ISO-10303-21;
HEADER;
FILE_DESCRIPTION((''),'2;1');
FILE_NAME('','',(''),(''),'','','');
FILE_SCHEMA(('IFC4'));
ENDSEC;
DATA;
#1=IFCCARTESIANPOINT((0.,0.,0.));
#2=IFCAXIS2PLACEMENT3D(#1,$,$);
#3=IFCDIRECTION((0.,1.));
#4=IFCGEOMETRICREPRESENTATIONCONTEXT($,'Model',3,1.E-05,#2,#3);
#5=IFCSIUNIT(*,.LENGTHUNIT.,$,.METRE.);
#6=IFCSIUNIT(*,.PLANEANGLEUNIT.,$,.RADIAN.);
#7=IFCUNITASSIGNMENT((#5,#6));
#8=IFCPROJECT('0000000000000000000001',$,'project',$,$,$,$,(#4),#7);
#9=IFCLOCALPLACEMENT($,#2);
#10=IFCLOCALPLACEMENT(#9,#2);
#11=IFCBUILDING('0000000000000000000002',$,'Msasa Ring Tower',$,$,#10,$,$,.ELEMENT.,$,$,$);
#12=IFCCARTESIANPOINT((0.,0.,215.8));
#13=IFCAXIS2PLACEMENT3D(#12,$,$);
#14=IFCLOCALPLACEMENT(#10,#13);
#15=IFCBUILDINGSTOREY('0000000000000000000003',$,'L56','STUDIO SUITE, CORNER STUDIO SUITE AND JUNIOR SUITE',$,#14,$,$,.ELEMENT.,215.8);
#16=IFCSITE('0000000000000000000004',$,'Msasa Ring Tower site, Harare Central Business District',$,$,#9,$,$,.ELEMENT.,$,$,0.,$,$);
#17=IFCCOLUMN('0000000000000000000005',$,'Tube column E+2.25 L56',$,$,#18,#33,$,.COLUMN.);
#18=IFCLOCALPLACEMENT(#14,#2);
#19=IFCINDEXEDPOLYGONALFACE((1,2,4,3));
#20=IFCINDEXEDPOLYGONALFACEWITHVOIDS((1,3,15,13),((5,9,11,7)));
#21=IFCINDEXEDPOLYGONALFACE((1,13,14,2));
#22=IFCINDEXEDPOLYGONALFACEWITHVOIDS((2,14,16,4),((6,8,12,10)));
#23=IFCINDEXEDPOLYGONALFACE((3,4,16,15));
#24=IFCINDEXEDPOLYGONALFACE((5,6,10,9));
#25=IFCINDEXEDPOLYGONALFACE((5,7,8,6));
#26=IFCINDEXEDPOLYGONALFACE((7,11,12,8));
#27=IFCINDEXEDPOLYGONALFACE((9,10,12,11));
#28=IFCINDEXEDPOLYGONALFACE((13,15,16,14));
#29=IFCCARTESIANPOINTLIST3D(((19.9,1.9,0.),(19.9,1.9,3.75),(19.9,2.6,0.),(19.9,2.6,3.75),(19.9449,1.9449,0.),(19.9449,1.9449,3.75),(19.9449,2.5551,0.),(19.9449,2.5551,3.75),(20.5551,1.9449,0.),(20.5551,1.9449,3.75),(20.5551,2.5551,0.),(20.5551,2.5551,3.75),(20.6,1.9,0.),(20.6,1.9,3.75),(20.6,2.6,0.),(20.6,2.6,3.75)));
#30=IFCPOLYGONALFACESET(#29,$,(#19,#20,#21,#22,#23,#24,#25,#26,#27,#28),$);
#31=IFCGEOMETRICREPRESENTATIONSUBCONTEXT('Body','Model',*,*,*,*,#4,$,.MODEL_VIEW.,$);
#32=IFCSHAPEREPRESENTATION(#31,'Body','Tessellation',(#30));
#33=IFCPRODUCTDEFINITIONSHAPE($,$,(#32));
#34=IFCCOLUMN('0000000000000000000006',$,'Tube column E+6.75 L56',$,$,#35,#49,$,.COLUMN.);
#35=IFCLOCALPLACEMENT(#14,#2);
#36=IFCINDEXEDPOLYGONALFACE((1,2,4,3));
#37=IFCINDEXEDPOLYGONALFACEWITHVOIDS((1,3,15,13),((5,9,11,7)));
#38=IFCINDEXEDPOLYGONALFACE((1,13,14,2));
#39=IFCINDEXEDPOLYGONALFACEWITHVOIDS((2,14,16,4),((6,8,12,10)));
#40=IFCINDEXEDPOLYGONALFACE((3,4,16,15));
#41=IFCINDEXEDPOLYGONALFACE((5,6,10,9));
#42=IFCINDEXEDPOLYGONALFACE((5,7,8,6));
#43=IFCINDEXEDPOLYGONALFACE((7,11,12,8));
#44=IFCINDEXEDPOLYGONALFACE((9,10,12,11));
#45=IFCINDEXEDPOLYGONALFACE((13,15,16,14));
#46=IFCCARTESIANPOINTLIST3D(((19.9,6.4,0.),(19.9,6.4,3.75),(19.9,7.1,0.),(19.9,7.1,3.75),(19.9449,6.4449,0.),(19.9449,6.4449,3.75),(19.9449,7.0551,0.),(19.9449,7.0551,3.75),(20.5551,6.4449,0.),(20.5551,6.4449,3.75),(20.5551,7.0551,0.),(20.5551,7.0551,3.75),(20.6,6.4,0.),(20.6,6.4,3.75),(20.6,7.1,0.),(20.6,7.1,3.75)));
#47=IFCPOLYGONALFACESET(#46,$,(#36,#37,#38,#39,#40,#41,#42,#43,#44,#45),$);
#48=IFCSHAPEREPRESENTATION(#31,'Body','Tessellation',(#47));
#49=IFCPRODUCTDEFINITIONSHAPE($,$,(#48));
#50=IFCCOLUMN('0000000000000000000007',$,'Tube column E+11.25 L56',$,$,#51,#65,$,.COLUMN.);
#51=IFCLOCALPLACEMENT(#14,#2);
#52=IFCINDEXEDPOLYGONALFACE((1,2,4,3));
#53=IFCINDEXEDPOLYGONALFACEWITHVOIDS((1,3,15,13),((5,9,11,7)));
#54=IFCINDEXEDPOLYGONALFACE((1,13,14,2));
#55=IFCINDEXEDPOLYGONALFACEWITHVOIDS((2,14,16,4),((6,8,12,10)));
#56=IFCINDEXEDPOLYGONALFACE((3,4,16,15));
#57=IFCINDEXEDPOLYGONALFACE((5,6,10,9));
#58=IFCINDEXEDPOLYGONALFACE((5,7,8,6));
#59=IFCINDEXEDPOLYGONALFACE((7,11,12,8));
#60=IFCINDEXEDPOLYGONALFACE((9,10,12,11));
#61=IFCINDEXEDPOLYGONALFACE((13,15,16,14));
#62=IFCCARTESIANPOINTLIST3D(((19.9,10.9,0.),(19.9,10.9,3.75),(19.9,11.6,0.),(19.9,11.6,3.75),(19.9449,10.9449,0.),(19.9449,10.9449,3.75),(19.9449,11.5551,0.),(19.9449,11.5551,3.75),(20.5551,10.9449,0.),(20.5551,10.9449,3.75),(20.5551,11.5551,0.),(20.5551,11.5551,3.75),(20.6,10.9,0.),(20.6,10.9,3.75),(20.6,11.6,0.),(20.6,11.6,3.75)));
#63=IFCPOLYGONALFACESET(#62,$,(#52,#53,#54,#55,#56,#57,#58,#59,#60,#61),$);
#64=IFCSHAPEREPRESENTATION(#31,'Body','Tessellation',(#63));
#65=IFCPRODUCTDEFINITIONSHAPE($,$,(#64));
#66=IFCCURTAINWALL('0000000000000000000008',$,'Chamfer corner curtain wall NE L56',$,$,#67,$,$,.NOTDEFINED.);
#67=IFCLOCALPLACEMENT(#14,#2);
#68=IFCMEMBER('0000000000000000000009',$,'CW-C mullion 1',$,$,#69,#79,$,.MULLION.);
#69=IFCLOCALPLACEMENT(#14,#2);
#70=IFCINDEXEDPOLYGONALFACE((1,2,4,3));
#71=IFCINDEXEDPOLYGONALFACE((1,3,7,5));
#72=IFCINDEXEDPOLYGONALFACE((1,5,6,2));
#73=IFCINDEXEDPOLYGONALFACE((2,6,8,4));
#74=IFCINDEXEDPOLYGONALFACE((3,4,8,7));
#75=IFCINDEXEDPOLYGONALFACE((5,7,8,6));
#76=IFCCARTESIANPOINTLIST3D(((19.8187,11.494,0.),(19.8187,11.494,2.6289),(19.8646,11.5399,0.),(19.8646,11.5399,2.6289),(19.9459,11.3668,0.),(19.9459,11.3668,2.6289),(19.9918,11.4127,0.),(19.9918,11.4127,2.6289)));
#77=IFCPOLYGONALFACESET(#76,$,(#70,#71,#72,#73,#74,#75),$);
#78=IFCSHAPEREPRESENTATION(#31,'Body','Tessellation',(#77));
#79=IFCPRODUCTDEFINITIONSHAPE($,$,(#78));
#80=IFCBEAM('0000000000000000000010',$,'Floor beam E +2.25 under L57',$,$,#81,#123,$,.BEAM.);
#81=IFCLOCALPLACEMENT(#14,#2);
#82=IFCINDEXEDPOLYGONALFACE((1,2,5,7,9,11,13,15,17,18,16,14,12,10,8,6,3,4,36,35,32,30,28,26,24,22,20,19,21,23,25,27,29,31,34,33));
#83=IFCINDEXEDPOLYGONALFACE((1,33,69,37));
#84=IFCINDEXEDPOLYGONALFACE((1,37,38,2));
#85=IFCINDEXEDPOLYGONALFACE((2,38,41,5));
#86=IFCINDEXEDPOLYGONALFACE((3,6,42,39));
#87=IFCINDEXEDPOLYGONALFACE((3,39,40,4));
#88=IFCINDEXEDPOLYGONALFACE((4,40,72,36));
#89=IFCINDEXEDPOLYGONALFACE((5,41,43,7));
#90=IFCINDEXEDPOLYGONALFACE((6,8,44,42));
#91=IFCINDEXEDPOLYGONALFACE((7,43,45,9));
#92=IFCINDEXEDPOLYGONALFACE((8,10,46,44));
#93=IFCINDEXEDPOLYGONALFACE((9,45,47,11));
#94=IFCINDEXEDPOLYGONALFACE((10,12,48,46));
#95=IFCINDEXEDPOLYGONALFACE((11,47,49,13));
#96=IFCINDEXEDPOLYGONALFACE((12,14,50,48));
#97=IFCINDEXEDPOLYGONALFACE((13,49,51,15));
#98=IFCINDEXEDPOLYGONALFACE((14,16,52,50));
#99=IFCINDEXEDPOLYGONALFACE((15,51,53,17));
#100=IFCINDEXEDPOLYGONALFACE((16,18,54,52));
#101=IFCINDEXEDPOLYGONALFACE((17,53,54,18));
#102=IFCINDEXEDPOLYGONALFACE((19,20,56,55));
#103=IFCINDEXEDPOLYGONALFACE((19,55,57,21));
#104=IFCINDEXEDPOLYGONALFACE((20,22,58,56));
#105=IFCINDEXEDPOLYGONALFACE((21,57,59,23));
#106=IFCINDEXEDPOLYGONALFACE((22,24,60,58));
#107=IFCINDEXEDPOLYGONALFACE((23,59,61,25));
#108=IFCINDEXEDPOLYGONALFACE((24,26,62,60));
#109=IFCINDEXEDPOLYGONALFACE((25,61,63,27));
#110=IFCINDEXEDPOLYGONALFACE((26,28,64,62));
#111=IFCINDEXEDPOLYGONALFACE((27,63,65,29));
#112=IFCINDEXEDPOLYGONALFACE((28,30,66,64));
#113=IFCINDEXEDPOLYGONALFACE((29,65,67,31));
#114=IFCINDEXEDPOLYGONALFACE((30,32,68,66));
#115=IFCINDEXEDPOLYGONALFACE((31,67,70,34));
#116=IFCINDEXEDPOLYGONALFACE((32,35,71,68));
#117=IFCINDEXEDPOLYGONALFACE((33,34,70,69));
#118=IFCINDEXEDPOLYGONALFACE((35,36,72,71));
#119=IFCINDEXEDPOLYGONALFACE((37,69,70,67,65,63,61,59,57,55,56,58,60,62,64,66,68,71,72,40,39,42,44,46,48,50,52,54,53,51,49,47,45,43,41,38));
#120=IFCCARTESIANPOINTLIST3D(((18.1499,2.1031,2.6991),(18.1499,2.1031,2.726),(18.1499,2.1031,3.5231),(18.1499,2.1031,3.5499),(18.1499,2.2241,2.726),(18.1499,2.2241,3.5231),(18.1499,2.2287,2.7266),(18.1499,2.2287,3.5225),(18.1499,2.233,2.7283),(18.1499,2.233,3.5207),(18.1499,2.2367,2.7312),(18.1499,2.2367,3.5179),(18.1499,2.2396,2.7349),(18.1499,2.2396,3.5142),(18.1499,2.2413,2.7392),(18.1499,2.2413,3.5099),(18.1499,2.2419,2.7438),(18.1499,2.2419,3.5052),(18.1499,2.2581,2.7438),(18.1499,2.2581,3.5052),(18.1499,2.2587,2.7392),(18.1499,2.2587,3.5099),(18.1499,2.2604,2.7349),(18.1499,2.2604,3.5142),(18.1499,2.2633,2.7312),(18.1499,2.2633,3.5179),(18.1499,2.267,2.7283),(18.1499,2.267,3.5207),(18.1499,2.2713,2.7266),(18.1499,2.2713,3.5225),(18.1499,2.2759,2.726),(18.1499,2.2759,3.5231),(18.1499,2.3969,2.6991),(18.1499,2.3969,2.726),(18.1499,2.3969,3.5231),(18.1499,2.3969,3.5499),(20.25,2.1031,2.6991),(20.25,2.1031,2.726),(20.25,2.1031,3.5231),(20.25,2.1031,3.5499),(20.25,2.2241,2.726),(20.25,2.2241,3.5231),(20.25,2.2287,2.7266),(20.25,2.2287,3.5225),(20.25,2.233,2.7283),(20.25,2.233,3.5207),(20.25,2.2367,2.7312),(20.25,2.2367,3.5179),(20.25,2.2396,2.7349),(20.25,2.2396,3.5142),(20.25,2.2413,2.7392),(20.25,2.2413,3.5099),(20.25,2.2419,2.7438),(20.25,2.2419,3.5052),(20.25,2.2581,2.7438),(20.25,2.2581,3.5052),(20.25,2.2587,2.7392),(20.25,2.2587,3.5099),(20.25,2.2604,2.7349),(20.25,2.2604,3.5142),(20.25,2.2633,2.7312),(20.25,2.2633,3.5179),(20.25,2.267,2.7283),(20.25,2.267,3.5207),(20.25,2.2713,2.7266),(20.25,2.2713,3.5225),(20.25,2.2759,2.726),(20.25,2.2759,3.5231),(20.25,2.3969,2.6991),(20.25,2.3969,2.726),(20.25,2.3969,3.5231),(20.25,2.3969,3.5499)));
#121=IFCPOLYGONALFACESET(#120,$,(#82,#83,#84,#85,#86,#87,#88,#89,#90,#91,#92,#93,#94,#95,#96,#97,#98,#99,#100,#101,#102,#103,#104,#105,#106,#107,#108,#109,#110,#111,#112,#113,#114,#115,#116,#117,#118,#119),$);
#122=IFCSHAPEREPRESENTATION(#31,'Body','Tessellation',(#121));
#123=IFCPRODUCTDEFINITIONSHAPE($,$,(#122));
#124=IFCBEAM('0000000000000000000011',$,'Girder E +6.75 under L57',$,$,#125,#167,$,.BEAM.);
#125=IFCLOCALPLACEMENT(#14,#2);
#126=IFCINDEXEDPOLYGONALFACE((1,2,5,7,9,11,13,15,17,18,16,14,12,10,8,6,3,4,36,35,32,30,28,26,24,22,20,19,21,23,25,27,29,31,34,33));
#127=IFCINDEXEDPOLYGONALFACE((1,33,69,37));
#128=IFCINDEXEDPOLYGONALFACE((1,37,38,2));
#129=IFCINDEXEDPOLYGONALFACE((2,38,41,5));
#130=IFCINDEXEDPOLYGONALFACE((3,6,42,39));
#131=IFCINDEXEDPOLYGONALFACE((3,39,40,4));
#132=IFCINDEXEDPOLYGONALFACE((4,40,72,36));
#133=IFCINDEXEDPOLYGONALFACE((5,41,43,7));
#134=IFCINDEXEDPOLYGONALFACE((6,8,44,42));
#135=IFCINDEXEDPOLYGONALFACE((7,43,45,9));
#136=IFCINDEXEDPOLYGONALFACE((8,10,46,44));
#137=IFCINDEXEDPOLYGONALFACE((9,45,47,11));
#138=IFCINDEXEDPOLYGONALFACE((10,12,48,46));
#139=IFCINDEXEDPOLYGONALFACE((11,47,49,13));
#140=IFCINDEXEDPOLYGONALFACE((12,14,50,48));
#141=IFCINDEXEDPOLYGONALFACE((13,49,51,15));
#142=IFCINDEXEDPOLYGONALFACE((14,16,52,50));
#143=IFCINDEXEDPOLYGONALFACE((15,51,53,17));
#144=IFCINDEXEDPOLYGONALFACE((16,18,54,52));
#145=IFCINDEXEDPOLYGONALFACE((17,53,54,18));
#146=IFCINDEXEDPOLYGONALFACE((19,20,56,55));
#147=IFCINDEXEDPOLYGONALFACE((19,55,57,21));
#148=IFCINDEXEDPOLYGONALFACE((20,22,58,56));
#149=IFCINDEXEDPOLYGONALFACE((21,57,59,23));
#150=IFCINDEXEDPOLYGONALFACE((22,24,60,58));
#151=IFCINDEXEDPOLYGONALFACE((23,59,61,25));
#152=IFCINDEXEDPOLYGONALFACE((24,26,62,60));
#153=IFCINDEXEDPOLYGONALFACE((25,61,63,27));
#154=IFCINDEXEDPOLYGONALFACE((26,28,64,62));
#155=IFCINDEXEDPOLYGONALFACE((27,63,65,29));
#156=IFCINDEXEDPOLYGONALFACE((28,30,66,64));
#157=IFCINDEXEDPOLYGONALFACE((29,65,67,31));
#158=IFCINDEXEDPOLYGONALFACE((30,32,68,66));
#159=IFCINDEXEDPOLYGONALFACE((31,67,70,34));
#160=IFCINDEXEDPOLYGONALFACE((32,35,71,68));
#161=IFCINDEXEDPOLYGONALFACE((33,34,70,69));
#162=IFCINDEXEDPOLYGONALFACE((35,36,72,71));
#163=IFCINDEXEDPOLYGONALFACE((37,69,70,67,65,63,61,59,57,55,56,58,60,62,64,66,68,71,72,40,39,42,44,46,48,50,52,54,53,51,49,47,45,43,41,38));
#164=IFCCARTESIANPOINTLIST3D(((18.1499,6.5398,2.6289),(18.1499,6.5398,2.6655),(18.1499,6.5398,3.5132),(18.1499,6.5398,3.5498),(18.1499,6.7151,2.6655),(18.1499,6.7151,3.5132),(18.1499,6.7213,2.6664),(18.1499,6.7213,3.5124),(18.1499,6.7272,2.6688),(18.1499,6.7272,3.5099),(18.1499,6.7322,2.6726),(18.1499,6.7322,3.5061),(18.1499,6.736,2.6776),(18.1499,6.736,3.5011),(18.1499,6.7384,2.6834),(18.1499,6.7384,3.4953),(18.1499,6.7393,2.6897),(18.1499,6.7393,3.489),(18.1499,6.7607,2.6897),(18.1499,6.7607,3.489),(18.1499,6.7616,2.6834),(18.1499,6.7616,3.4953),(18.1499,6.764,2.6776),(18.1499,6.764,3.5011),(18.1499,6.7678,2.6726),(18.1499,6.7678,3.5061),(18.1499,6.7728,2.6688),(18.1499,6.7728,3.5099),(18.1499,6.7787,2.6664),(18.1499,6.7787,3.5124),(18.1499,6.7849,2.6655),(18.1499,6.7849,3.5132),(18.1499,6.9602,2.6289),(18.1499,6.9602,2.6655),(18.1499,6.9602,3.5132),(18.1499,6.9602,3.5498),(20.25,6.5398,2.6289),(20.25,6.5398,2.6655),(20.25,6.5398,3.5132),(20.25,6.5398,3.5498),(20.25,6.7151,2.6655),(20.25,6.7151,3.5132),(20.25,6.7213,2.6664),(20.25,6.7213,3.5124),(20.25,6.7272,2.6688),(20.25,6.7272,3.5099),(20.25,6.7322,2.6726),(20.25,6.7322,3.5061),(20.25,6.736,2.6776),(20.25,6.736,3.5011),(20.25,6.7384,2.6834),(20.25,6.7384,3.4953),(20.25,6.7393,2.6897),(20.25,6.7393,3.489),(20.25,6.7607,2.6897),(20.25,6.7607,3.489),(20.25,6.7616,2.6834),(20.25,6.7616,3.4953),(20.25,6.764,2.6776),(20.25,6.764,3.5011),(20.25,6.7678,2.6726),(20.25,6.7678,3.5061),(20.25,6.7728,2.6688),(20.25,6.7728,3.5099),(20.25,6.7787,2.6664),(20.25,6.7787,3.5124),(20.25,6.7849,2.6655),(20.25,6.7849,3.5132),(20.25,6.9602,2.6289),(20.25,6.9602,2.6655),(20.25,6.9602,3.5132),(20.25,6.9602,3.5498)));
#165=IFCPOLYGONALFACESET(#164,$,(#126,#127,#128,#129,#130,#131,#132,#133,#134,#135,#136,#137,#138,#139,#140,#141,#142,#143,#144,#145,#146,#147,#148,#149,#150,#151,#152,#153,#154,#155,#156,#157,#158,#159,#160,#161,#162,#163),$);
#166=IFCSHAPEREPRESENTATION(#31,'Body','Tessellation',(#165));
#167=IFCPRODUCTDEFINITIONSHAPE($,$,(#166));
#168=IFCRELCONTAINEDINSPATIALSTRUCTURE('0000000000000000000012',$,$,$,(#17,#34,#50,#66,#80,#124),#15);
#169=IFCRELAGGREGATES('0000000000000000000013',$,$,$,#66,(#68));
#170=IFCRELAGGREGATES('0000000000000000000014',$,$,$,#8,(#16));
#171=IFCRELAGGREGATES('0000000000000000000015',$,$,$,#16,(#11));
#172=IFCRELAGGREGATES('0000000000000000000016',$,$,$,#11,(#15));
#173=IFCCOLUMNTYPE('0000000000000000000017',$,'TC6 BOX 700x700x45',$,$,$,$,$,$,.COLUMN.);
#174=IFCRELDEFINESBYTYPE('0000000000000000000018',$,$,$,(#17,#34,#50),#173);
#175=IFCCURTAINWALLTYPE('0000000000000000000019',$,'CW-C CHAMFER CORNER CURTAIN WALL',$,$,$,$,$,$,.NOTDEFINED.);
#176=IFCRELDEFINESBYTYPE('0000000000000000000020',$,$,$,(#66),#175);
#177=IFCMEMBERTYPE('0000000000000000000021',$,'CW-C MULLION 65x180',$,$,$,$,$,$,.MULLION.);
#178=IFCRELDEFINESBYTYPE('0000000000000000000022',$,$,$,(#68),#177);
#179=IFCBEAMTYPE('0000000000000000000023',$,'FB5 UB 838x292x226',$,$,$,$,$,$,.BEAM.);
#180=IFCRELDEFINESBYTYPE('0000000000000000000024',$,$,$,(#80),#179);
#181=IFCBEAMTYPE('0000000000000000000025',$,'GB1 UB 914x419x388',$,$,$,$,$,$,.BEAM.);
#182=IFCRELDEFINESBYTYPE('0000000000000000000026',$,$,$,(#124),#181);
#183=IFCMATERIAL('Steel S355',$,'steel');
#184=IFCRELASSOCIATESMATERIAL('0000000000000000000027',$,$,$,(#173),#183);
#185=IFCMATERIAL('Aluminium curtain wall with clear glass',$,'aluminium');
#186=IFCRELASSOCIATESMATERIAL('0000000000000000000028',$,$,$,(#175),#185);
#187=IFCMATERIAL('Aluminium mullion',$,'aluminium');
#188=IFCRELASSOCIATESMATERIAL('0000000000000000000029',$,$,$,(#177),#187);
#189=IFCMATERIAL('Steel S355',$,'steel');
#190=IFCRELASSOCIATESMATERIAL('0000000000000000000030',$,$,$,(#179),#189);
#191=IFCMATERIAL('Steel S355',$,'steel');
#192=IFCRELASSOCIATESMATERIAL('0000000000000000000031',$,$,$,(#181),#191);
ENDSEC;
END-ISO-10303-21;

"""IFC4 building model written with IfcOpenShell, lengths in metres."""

from ifc_helpers import new_model, si_unit, direction, frame, origin, origin_2d, place, context, subcontext, project, spatial, rectangle, hollow_rectangle, i_section, extrude, material, material_profile, profile_set, type_object, element, aggregate, save


model = new_model("IFC4")

# Units and contexts
model_context = context("Model", 3, precision=1e-05, world=origin(), true_north=direction((0.0, 1.0)))
body_context = subcontext(model_context, "Body", "Model", "MODEL_VIEW")
ifc_project = project(units=[si_unit("LENGTHUNIT", "METRE"), si_unit("PLANEANGLEUNIT", "RADIAN")], contexts=[model_context])

# Site, building, storey
site_placement = place(None, origin())
site = spatial("IfcSite", under=ifc_project, at=site_placement, Name="Msasa Ring Tower site, Harare Central Business District", CompositionType="ELEMENT", RefElevation=0.0)
building_placement = place(site_placement, origin())
building = spatial("IfcBuilding", under=site, at=building_placement, Name="Msasa Ring Tower", CompositionType="ELEMENT")
storey_placement = place(building_placement, frame((0.0, 0.0, 215.8)))
storey = spatial("IfcBuildingStorey", under=building, at=storey_placement, Name="L56", Description="STUDIO SUITE, CORNER STUDIO SUITE AND JUNIOR SUITE", CompositionType="ELEMENT", Elevation=215.8)

# Columns
ifc_material_1 = material(Name="Steel S355", Category="steel")
ifc_material_profile_1 = material_profile(ifc_material_1, hollow_rectangle(XDim=0.7, YDim=0.7, WallThickness=0.0449, at=origin_2d()), Name="BOX 700x700x45")
ifc_profile_set_1 = profile_set([ifc_material_profile_1], Name="Steel S355")
column_type = type_object("IfcColumnType", Name="TC6 BOX 700x700x45", PredefinedType="COLUMN", material=ifc_profile_set_1)
for number, where, z_axis, x_axis, name in (
    (1, (20.25, 2.25, 0.0), (0.0, 0.0, 1.0), (1.0, 0.0, 0.0), "Tube column E+2.25 L56"),
    (2, (20.25, 6.75, 0.0), (0.0, 0.0, 1.0), (1.0, 0.0, 0.0), "Tube column E+6.75 L56"),
    (3, (20.25, 11.25, 0.0), (0.0, 0.0, 1.0), (1.0, 0.0, 0.0), "Tube column E+11.25 L56"),
):
    element("IfcColumn", number, at=place(storey_placement, frame(where, z_axis=z_axis, x_axis=x_axis)), inside=storey, type_object=column_type, Name=name, PredefinedType="COLUMN", context=body_context, shape_type="SweptSolid", body=[
        extrude(hollow_rectangle(XDim=0.7, YDim=0.7, WallThickness=0.0449, at=origin_2d()), origin(), (0.0, 0.0, 1.0), 3.75),
    ])

# Curtain wall, member
ifc_material_2 = material(Name="Aluminium curtain wall with clear glass", Category="aluminium")
curtain_wall_type = type_object("IfcCurtainWallType", Name="CW-C CHAMFER CORNER CURTAIN WALL", PredefinedType="NOTDEFINED", material=ifc_material_2)
curtain_wall_placement = place(storey_placement, origin())
curtain_wall = element("IfcCurtainWall", 4, at=curtain_wall_placement, inside=storey, type_object=curtain_wall_type, Name="Chamfer corner curtain wall NE L56", PredefinedType="NOTDEFINED")
ifc_material_3 = material(Name="Aluminium mullion", Category="aluminium")
ifc_material_profile_2 = material_profile(ifc_material_3, rectangle(XDim=0.0649, YDim=0.1799, at=origin_2d()), Name="AL 65x180")
ifc_profile_set_2 = profile_set([ifc_material_profile_2], Name="Aluminium mullion")
member_type = type_object("IfcMemberType", Name="CW-C MULLION 65x180", PredefinedType="MULLION", material=ifc_profile_set_2)
member_placement = place(storey_placement, frame((19.9053, 11.4534, 0.0), z_axis=(0.0, 0.0, 1.0), x_axis=(-0.707107, -0.707107, 0.0)))
member = element("IfcMember", 5, at=member_placement, type_object=member_type, Name="CW-C mullion 1", PredefinedType="MULLION", context=body_context, shape_type="SweptSolid", body=[
    extrude(rectangle(XDim=0.0649, YDim=0.1799, at=origin_2d()), origin(), (0.0, 0.0, 1.0), 2.6289),
])
aggregate(curtain_wall, [member])

# Beams
ifc_material_4 = material(Name="Steel S355", Category="steel")
ifc_material_profile_3 = material_profile(ifc_material_4, i_section(OverallWidth=0.2937, OverallDepth=0.8508, WebThickness=0.0161, FlangeThickness=0.0269, FilletRadius=0.0178, at=origin_2d()), Name="UB 838x292x226")
ifc_profile_set_3 = profile_set([ifc_material_profile_3], Name="Steel S355")
beam_type_1 = type_object("IfcBeamType", Name="FB5 UB 838x292x226", PredefinedType="BEAM", material=ifc_profile_set_3)
beam_1_placement = place(storey_placement, frame((20.25, 2.25, 3.1245), z_axis=(-1.0, 0.0, 0.0), x_axis=(0.0, -1.0, 0.0)))
element("IfcBeam", 6, at=beam_1_placement, inside=storey, type_object=beam_type_1, Name="Floor beam E +2.25 under L57", PredefinedType="BEAM", context=body_context, shape_type="SweptSolid", body=[
    extrude(i_section(OverallWidth=0.2937, OverallDepth=0.8508, WebThickness=0.0161, FlangeThickness=0.0269, FilletRadius=0.0178, at=origin_2d()), origin(), (0.0, 0.0, 1.0), 2.1001),
])
ifc_material_5 = material(Name="Steel S355", Category="steel")
ifc_material_profile_4 = material_profile(ifc_material_5, i_section(OverallWidth=0.4204, OverallDepth=0.9209, WebThickness=0.0215, FlangeThickness=0.0366, FilletRadius=0.0242, at=origin_2d()), Name="UB 914x419x388")
ifc_profile_set_4 = profile_set([ifc_material_profile_4], Name="Steel S355")
beam_type_2 = type_object("IfcBeamType", Name="GB1 UB 914x419x388", PredefinedType="BEAM", material=ifc_profile_set_4)
beam_2_placement = place(storey_placement, frame((18.1499, 6.75, 3.0894), z_axis=(1.0, 0.0, 0.0), x_axis=(0.0, 1.0, 0.0)))
element("IfcBeam", 7, at=beam_2_placement, inside=storey, type_object=beam_type_2, Name="Girder E +6.75 under L57", PredefinedType="BEAM", context=body_context, shape_type="SweptSolid", body=[
    extrude(i_section(OverallWidth=0.4204, OverallDepth=0.9209, WebThickness=0.0215, FlangeThickness=0.0366, FilletRadius=0.0242, at=origin_2d()), origin(), (0.0, 0.0, 1.0), 2.1001),
])

save(model, "model.ifc")
